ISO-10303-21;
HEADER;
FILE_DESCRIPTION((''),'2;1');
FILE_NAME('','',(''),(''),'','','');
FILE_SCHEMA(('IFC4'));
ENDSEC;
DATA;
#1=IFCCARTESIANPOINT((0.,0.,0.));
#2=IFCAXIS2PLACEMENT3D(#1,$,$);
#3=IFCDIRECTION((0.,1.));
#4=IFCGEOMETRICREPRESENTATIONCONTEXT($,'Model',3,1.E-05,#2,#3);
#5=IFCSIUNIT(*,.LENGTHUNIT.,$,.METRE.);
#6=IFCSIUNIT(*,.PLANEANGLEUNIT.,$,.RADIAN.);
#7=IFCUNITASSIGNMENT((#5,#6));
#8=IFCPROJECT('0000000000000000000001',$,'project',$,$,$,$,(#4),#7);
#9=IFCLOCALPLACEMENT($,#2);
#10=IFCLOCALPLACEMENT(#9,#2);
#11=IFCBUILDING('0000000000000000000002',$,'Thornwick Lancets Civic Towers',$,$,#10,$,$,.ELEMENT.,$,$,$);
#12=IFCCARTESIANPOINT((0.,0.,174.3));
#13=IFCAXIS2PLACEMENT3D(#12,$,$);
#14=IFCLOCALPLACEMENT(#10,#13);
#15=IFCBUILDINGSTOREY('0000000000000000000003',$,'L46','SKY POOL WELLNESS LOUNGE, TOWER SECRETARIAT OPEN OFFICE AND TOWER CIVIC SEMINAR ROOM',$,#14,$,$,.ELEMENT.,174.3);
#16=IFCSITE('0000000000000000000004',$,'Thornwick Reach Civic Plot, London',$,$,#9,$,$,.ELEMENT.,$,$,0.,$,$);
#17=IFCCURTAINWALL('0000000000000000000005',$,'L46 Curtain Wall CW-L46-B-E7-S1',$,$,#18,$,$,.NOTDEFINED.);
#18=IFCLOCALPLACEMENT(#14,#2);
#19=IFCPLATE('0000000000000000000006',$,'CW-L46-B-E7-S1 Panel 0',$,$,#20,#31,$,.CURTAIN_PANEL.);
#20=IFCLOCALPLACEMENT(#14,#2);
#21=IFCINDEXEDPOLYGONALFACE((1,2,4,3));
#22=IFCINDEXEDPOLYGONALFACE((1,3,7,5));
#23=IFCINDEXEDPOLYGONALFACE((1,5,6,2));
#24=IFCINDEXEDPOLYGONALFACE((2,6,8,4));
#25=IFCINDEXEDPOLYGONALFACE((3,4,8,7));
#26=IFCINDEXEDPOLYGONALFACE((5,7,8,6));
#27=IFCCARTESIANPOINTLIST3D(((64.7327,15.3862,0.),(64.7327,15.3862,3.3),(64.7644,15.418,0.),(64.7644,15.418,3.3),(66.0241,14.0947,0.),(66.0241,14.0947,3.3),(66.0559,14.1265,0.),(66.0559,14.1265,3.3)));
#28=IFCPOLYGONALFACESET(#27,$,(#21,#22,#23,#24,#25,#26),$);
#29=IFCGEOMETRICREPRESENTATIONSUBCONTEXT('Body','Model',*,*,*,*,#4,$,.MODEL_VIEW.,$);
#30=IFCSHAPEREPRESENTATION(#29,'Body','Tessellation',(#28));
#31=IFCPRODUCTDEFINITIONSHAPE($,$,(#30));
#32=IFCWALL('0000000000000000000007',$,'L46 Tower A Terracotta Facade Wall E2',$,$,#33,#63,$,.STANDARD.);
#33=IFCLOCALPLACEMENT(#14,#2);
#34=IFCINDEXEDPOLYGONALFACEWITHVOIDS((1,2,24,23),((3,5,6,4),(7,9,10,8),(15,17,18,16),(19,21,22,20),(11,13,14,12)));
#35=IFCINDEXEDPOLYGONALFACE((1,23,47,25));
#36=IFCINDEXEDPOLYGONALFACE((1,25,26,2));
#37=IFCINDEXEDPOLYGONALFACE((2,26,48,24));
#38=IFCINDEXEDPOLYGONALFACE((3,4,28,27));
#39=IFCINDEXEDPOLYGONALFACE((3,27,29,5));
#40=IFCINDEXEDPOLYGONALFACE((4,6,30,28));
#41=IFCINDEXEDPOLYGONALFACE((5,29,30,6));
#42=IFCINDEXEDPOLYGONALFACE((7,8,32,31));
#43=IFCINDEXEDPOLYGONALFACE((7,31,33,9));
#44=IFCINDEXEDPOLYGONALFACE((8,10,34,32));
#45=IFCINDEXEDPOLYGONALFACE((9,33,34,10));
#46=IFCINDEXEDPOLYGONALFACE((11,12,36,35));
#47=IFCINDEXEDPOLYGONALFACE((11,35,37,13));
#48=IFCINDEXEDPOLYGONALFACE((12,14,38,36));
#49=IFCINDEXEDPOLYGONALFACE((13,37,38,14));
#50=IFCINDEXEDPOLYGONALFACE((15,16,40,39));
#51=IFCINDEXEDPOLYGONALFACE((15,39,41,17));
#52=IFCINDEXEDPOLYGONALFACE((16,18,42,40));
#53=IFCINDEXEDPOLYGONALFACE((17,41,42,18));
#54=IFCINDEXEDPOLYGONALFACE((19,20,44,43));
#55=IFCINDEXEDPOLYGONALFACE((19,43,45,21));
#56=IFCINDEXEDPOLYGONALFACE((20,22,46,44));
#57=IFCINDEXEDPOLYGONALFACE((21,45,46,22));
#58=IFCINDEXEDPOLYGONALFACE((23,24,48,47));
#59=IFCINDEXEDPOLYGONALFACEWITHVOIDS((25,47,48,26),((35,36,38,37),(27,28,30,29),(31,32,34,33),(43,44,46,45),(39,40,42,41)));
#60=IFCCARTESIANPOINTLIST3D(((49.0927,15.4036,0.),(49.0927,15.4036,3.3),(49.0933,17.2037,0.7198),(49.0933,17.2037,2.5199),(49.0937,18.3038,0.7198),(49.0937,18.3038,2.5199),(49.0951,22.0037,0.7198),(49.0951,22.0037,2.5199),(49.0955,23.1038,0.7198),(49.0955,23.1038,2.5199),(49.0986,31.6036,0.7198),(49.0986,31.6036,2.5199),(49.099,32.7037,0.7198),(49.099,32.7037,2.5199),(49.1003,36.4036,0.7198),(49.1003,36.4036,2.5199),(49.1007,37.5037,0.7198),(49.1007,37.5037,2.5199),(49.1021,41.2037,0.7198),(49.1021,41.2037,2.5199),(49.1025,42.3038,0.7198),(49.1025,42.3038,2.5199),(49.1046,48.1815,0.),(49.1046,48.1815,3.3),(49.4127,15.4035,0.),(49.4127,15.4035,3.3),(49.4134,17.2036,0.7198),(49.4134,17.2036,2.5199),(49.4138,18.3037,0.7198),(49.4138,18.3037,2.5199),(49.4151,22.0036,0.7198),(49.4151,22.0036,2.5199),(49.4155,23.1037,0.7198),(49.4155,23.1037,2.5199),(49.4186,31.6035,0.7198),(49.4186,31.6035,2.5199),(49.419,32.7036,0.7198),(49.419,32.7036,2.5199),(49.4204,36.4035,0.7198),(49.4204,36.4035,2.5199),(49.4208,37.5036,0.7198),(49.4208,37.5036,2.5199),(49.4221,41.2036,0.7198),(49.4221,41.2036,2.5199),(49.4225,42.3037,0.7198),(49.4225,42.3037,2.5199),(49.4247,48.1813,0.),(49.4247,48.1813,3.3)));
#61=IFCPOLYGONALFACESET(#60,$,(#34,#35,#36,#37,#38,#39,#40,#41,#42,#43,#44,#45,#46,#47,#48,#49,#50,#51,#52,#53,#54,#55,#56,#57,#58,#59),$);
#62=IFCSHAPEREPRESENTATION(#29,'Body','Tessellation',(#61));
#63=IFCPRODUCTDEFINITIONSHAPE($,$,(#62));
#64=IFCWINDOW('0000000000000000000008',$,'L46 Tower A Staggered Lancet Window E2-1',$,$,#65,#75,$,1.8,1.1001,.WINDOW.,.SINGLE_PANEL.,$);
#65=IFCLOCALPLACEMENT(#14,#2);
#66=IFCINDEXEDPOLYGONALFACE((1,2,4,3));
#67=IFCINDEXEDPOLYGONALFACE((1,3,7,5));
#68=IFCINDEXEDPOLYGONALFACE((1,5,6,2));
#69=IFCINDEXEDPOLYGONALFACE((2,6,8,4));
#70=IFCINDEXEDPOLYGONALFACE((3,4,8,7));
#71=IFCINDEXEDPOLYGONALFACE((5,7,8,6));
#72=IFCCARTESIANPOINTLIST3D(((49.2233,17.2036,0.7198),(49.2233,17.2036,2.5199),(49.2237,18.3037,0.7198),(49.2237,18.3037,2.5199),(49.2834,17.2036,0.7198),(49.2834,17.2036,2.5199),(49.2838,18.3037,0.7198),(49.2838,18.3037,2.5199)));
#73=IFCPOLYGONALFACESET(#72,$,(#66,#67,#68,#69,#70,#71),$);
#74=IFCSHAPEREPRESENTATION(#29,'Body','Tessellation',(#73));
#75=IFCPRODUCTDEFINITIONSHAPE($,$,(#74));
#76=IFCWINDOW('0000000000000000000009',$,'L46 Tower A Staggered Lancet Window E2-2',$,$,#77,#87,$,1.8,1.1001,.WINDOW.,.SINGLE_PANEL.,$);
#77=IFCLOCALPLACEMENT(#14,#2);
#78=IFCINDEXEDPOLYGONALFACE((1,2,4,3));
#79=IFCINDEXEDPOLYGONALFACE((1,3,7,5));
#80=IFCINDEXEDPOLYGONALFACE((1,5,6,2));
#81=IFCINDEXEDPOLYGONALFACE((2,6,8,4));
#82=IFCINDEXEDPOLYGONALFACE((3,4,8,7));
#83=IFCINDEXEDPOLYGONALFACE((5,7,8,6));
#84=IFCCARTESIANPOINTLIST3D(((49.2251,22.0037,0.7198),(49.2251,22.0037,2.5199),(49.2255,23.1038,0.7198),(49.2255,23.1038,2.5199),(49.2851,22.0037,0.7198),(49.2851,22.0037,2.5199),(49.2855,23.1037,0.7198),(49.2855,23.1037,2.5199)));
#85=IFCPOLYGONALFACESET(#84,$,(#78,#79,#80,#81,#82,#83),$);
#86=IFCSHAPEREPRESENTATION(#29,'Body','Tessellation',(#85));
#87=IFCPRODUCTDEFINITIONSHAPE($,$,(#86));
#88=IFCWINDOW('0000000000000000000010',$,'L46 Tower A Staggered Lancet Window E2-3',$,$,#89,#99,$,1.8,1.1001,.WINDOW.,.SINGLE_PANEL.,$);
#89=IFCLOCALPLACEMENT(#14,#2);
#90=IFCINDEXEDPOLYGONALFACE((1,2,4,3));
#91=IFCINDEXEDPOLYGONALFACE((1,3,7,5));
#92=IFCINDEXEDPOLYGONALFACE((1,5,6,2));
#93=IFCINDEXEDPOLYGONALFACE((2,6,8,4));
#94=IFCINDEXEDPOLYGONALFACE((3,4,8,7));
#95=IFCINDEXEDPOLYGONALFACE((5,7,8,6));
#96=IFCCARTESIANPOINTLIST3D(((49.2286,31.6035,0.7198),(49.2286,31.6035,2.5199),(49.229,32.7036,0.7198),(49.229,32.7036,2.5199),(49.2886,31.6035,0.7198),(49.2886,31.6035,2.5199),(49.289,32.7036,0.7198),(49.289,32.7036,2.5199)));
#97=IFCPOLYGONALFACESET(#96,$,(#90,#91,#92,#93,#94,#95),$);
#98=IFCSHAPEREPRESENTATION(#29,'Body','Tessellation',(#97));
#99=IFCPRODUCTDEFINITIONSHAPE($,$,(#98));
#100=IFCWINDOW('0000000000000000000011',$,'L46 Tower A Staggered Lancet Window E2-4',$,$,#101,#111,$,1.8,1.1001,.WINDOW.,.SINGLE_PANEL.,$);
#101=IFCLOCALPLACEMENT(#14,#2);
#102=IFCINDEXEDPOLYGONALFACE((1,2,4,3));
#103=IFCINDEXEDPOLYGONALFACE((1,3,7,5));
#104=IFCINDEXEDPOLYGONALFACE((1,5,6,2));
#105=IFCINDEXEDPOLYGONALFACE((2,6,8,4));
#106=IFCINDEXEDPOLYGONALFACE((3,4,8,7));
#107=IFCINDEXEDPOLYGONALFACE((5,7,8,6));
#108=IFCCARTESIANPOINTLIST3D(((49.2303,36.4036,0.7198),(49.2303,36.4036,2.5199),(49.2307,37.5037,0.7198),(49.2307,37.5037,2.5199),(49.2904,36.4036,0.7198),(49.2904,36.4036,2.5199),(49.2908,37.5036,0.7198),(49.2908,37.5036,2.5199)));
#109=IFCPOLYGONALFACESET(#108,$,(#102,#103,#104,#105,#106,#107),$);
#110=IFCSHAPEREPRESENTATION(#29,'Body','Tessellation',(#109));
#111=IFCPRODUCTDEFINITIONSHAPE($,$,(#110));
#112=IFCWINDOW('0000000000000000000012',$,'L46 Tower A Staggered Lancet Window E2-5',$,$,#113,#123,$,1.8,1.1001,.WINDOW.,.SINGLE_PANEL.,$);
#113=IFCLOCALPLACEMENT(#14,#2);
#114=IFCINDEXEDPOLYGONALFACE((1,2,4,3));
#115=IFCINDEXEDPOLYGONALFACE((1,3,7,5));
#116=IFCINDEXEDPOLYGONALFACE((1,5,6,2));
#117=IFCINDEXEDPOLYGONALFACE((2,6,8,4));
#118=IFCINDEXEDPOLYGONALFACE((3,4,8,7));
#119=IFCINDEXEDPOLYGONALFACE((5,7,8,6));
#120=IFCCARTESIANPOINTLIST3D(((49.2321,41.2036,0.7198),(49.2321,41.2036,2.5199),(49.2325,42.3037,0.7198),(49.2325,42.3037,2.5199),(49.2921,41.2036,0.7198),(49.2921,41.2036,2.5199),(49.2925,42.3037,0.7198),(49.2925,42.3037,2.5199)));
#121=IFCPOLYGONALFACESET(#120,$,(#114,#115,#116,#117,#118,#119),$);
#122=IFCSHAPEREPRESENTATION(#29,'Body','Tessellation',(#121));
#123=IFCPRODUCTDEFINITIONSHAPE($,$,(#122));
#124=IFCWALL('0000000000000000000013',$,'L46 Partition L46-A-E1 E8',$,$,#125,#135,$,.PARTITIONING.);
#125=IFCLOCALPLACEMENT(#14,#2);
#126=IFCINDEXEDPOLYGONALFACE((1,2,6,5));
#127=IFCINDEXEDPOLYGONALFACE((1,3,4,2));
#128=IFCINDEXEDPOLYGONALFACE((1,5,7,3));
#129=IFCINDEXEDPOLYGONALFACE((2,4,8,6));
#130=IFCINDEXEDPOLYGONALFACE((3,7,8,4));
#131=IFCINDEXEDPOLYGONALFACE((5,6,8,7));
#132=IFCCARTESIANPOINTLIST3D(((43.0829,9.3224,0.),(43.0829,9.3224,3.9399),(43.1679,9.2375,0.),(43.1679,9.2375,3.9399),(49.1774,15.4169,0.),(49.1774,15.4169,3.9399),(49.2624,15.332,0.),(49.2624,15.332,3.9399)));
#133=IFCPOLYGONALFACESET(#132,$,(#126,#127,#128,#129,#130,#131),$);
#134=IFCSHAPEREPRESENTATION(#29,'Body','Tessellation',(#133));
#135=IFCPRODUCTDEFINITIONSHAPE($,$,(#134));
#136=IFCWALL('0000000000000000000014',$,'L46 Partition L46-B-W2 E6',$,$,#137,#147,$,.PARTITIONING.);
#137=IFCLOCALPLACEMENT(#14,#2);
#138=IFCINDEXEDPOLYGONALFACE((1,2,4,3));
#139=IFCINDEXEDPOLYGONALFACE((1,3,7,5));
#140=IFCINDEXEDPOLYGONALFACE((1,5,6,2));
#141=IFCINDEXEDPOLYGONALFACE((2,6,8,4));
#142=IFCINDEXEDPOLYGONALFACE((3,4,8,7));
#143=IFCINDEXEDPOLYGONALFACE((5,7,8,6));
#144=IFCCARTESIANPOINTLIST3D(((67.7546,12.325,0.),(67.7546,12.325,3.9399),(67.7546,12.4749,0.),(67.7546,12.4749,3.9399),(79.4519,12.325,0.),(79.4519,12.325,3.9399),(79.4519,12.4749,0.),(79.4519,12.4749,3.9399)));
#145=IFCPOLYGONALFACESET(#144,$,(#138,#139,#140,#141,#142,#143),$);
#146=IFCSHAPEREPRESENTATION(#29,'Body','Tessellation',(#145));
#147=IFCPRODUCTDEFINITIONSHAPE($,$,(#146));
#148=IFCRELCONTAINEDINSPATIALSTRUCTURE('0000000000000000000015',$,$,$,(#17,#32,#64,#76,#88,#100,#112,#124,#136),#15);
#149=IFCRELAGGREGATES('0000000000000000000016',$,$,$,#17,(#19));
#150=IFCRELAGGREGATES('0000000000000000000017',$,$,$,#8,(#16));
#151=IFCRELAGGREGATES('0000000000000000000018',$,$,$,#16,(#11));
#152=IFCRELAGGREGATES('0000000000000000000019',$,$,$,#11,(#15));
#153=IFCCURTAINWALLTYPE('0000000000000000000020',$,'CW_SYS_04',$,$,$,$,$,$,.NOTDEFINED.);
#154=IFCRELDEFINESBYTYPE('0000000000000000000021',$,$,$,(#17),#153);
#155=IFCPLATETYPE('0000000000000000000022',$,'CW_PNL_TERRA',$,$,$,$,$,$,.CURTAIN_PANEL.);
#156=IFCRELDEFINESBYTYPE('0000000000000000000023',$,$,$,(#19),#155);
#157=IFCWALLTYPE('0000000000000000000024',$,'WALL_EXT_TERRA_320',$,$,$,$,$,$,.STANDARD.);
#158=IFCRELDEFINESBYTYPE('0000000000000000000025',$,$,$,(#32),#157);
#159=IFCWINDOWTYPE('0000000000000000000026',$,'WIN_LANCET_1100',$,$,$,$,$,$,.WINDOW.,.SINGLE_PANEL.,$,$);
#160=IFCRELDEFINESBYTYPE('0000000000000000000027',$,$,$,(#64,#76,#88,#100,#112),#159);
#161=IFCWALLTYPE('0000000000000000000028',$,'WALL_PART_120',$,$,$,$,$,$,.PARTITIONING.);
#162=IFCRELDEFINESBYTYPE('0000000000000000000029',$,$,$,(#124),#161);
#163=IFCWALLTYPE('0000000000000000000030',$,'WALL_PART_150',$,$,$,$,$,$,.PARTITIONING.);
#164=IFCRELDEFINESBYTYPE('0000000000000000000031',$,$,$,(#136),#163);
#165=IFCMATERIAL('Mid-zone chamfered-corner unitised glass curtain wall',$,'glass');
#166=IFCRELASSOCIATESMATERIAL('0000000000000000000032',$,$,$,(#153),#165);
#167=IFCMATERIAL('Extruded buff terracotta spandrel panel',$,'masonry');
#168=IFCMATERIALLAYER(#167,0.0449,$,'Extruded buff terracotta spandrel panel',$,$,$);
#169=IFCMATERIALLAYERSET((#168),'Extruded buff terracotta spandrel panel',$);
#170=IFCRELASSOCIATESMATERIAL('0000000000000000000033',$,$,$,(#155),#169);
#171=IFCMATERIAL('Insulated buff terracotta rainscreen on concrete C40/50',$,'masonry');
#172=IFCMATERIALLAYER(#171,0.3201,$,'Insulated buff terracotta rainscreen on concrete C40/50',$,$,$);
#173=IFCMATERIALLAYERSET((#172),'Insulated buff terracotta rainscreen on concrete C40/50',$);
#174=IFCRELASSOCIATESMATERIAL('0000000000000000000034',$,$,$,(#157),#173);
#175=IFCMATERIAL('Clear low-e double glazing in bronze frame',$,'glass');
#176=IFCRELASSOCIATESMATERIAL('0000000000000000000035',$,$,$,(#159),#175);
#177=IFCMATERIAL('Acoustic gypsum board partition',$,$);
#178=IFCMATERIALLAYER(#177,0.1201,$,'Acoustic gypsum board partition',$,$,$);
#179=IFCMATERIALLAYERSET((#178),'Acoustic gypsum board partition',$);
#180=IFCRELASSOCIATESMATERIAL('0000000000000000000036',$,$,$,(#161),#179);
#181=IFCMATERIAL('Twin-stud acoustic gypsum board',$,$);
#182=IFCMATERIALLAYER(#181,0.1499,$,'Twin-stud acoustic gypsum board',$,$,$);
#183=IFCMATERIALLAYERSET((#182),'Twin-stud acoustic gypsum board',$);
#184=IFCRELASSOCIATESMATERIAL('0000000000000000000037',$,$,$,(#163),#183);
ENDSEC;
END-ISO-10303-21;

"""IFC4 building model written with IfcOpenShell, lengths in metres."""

from ifc_helpers import new_model, si_unit, direction, frame, frame_2d, origin, origin_2d, place, context, subcontext, project, spatial, rectangle, extrude, material, layer, layer_set, type_object, element, fill, aggregate, save


model = new_model("IFC4")

# Units and contexts
model_context = context("Model", 3, precision=1e-05, world=origin(), true_north=direction((0.0, 1.0)))
body_context = subcontext(model_context, "Body", "Model", "MODEL_VIEW")
ifc_project = project(units=[si_unit("LENGTHUNIT", "METRE"), si_unit("PLANEANGLEUNIT", "RADIAN")], contexts=[model_context])

# Site, building, storey
site_placement = place(None, origin())
site = spatial("IfcSite", under=ifc_project, at=site_placement, Name="Thornwick Reach Civic Plot, London", CompositionType="ELEMENT", RefElevation=0.0)
building_placement = place(site_placement, origin())
building = spatial("IfcBuilding", under=site, at=building_placement, Name="Thornwick Lancets Civic Towers", CompositionType="ELEMENT")
storey_placement = place(building_placement, frame((0.0, 0.0, 174.3)))
storey = spatial("IfcBuildingStorey", under=building, at=storey_placement, Name="L46", Description="SKY POOL WELLNESS LOUNGE, TOWER SECRETARIAT OPEN OFFICE AND TOWER CIVIC SEMINAR ROOM", CompositionType="ELEMENT", Elevation=174.3)

# Shared definitions
ifc_material_1 = material(Name="Mid-zone chamfered-corner unitised glass curtain wall", Category="glass")
curtain_wall_type = type_object("IfcCurtainWallType", Name="CW_SYS_04", PredefinedType="NOTDEFINED", material=ifc_material_1)

# Curtain wall
curtain_wall_1_placement = place(storey_placement, origin())
curtain_wall_1 = element("IfcCurtainWall", 1, at=curtain_wall_1_placement, inside=storey, type_object=curtain_wall_type, Name="L46 Curtain Wall CW-L46-B-E7-S1", PredefinedType="NOTDEFINED")

# Plate
ifc_material_2 = material(Name="Extruded buff terracotta spandrel panel", Category="masonry")
ifc_layer_1 = layer(ifc_material_2, 0.0449, Name="Extruded buff terracotta spandrel panel")
ifc_layer_set_1 = layer_set([ifc_layer_1], Name="Extruded buff terracotta spandrel panel")
plate_type = type_object("IfcPlateType", Name="CW_PNL_TERRA", PredefinedType="CURTAIN_PANEL", material=ifc_layer_set_1)
plate_placement = place(storey_placement, frame((65.3943, 14.7563, 0.0), z_axis=(0.0, 0.0, 1.0), x_axis=(0.707107, -0.707107, 0.0)))
plate = element("IfcPlate", 2, at=plate_placement, type_object=plate_type, Name="CW-L46-B-E7-S1 Panel 0", PredefinedType="CURTAIN_PANEL", context=body_context, shape_type="SweptSolid", body=[
    extrude(rectangle(XDim=1.8264, YDim=0.0449, at=origin_2d()), origin(), (0.0, 0.0, 1.0), 3.3),
])
aggregate(curtain_wall_1, [plate])

# Wall, openings, windows
ifc_material_3 = material(Name="Insulated buff terracotta rainscreen on concrete C40/50", Category="masonry")
ifc_layer_2 = layer(ifc_material_3, 0.3201, Name="Insulated buff terracotta rainscreen on concrete C40/50")
ifc_layer_set_2 = layer_set([ifc_layer_2], Name="Insulated buff terracotta rainscreen on concrete C40/50")
wall_type_1 = type_object("IfcWallType", Name="WALL_EXT_TERRA_320", PredefinedType="STANDARD", material=ifc_layer_set_2)
wall_1_placement = place(storey_placement, frame((49.2527, 15.4036, 0.0), z_axis=(0.0, 0.0, 1.0), x_axis=(0.000365, 1.0, 0.0)))
wall_1 = element("IfcWall", 3, at=wall_1_placement, inside=storey, type_object=wall_type_1, Name="L46 Tower A Terracotta Facade Wall E2", PredefinedType="STANDARD", context=body_context, shape_type="SweptSolid", body=[
    extrude(rectangle(XDim=32.7778, YDim=0.3201, at=frame_2d((16.3889, 0.0))), origin(), (0.0, 0.0, 1.0), 3.3),
])
opening_1_placement = place(wall_1_placement, frame((1.8, 0.0, 0.72)))
opening_1 = element("IfcOpeningElement", 4, at=opening_1_placement, cuts=wall_1, PredefinedType="OPENING", context=body_context, shape_type="SweptSolid", body=[
    extrude(rectangle(XDim=1.1001, YDim=1.8, at=frame_2d((0.55, 0.8999))), frame((0.0, 0.1699, 0.0), z_axis=(0.0, -1.0, 0.0), x_axis=(1.0, 0.0, 0.0)), (0.0, 0.0, 1.0), 0.3401),
])
opening_2_placement = place(wall_1_placement, frame((6.6001, 0.0, 0.72)))
opening_2 = element("IfcOpeningElement", 5, at=opening_2_placement, cuts=wall_1, PredefinedType="OPENING", context=body_context, shape_type="SweptSolid", body=[
    extrude(rectangle(XDim=1.1001, YDim=1.8, at=frame_2d((0.55, 0.8999))), frame((0.0, 0.1699, 0.0), z_axis=(0.0, -1.0, 0.0), x_axis=(1.0, 0.0, 0.0)), (0.0, 0.0, 1.0), 0.3401),
])
opening_3_placement = place(wall_1_placement, frame((16.2, 0.0, 0.72)))
opening_3 = element("IfcOpeningElement", 6, at=opening_3_placement, cuts=wall_1, PredefinedType="OPENING", context=body_context, shape_type="SweptSolid", body=[
    extrude(rectangle(XDim=1.1001, YDim=1.8, at=frame_2d((0.55, 0.8999))), frame((0.0, 0.1699, 0.0), z_axis=(0.0, -1.0, 0.0), x_axis=(1.0, 0.0, 0.0)), (0.0, 0.0, 1.0), 0.3401),
])
opening_4_placement = place(wall_1_placement, frame((21.0, 0.0, 0.72)))
opening_4 = element("IfcOpeningElement", 7, at=opening_4_placement, cuts=wall_1, PredefinedType="OPENING", context=body_context, shape_type="SweptSolid", body=[
    extrude(rectangle(XDim=1.1001, YDim=1.8, at=frame_2d((0.55, 0.8999))), frame((0.0, 0.1699, 0.0), z_axis=(0.0, -1.0, 0.0), x_axis=(1.0, 0.0, 0.0)), (0.0, 0.0, 1.0), 0.3401),
])
opening_5_placement = place(wall_1_placement, frame((25.8, 0.0, 0.72)))
opening_5 = element("IfcOpeningElement", 8, at=opening_5_placement, cuts=wall_1, PredefinedType="OPENING", context=body_context, shape_type="SweptSolid", body=[
    extrude(rectangle(XDim=1.1001, YDim=1.8, at=frame_2d((0.55, 0.8999))), frame((0.0, 0.1699, 0.0), z_axis=(0.0, -1.0, 0.0), x_axis=(1.0, 0.0, 0.0)), (0.0, 0.0, 1.0), 0.3401),
])
ifc_material_4 = material(Name="Clear low-e double glazing in bronze frame", Category="glass")
window_type = type_object("IfcWindowType", Name="WIN_LANCET_1100", PartitioningType="SINGLE_PANEL", PredefinedType="WINDOW", material=ifc_material_4)
window_1_placement = place(opening_1_placement, origin())
window_1 = element("IfcWindow", 9, at=window_1_placement, inside=storey, type_object=window_type, Name="L46 Tower A Staggered Lancet Window E2-1", OverallHeight=1.8, OverallWidth=1.1001, PartitioningType="SINGLE_PANEL", PredefinedType="WINDOW", context=body_context, shape_type="SweptSolid", body=[
    extrude(rectangle(XDim=1.1001, YDim=1.8, at=frame_2d((0.55, 0.8999))), frame((0.0, 0.03, 0.0), z_axis=(0.0, -1.0, 0.0), x_axis=(1.0, 0.0, 0.0)), (0.0, 0.0, 1.0), 0.0601),
])
fill(opening_1, window_1)
window_2_placement = place(opening_2_placement, origin())
window_2 = element("IfcWindow", 10, at=window_2_placement, inside=storey, type_object=window_type, Name="L46 Tower A Staggered Lancet Window E2-2", OverallHeight=1.8, OverallWidth=1.1001, PartitioningType="SINGLE_PANEL", PredefinedType="WINDOW", context=body_context, shape_type="SweptSolid", body=[
    extrude(rectangle(XDim=1.1001, YDim=1.8, at=frame_2d((0.55, 0.8999))), frame((0.0, 0.03, 0.0), z_axis=(0.0, -1.0, 0.0), x_axis=(1.0, 0.0, 0.0)), (0.0, 0.0, 1.0), 0.0601),
])
fill(opening_2, window_2)
window_3_placement = place(opening_3_placement, origin())
window_3 = element("IfcWindow", 11, at=window_3_placement, inside=storey, type_object=window_type, Name="L46 Tower A Staggered Lancet Window E2-3", OverallHeight=1.8, OverallWidth=1.1001, PartitioningType="SINGLE_PANEL", PredefinedType="WINDOW", context=body_context, shape_type="SweptSolid", body=[
    extrude(rectangle(XDim=1.1001, YDim=1.8, at=frame_2d((0.55, 0.8999))), frame((0.0, 0.03, 0.0), z_axis=(0.0, -1.0, 0.0), x_axis=(1.0, 0.0, 0.0)), (0.0, 0.0, 1.0), 0.0601),
])
fill(opening_3, window_3)
window_4_placement = place(opening_4_placement, origin())
window_4 = element("IfcWindow", 12, at=window_4_placement, inside=storey, type_object=window_type, Name="L46 Tower A Staggered Lancet Window E2-4", OverallHeight=1.8, OverallWidth=1.1001, PartitioningType="SINGLE_PANEL", PredefinedType="WINDOW", context=body_context, shape_type="SweptSolid", body=[
    extrude(rectangle(XDim=1.1001, YDim=1.8, at=frame_2d((0.55, 0.8999))), frame((0.0, 0.03, 0.0), z_axis=(0.0, -1.0, 0.0), x_axis=(1.0, 0.0, 0.0)), (0.0, 0.0, 1.0), 0.0601),
])
fill(opening_4, window_4)
window_5_placement = place(opening_5_placement, origin())
window_5 = element("IfcWindow", 13, at=window_5_placement, inside=storey, type_object=window_type, Name="L46 Tower A Staggered Lancet Window E2-5", OverallHeight=1.8, OverallWidth=1.1001, PartitioningType="SINGLE_PANEL", PredefinedType="WINDOW", context=body_context, shape_type="SweptSolid", body=[
    extrude(rectangle(XDim=1.1001, YDim=1.8, at=frame_2d((0.55, 0.8999))), frame((0.0, 0.03, 0.0), z_axis=(0.0, -1.0, 0.0), x_axis=(1.0, 0.0, 0.0)), (0.0, 0.0, 1.0), 0.0601),
])
fill(opening_5, window_5)

# Walls
ifc_material_5 = material(Name="Acoustic gypsum board partition")
ifc_layer_3 = layer(ifc_material_5, 0.1201, Name="Acoustic gypsum board partition")
ifc_layer_set_3 = layer_set([ifc_layer_3], Name="Acoustic gypsum board partition")
wall_type_2 = type_object("IfcWallType", Name="WALL_PART_120", PredefinedType="PARTITIONING", material=ifc_layer_set_3)
wall_2_placement = place(storey_placement, frame((49.22, 15.3745, 0.0), z_axis=(0.0, 0.0, 1.0), x_axis=(-0.707107, -0.707107, 0.0)))
element("IfcWall", 14, at=wall_2_placement, inside=storey, type_object=wall_type_2, Name="L46 Partition L46-A-E1 E8", PredefinedType="PARTITIONING", context=body_context, shape_type="SweptSolid", body=[
    extrude(rectangle(XDim=8.6189, YDim=0.1201, at=frame_2d((4.3096, 0.0))), origin(), (0.0, 0.0, 1.0), 3.9399),
])
ifc_material_6 = material(Name="Twin-stud acoustic gypsum board")
ifc_layer_4 = layer(ifc_material_6, 0.1499, Name="Twin-stud acoustic gypsum board")
ifc_layer_set_4 = layer_set([ifc_layer_4], Name="Twin-stud acoustic gypsum board")
wall_type_3 = type_object("IfcWallType", Name="WALL_PART_150", PredefinedType="PARTITIONING", material=ifc_layer_set_4)
wall_3_placement = place(storey_placement, frame((67.7546, 12.3999, 0.0), z_axis=(0.0, 0.0, 1.0), x_axis=(1.0, 0.0, 0.0)))
element("IfcWall", 15, at=wall_3_placement, inside=storey, type_object=wall_type_3, Name="L46 Partition L46-B-W2 E6", PredefinedType="PARTITIONING", context=body_context, shape_type="SweptSolid", body=[
    extrude(rectangle(XDim=11.6973, YDim=0.1499, at=frame_2d((5.8486, 0.0))), origin(), (0.0, 0.0, 1.0), 3.9399),
])

save(model, "model.ifc")
